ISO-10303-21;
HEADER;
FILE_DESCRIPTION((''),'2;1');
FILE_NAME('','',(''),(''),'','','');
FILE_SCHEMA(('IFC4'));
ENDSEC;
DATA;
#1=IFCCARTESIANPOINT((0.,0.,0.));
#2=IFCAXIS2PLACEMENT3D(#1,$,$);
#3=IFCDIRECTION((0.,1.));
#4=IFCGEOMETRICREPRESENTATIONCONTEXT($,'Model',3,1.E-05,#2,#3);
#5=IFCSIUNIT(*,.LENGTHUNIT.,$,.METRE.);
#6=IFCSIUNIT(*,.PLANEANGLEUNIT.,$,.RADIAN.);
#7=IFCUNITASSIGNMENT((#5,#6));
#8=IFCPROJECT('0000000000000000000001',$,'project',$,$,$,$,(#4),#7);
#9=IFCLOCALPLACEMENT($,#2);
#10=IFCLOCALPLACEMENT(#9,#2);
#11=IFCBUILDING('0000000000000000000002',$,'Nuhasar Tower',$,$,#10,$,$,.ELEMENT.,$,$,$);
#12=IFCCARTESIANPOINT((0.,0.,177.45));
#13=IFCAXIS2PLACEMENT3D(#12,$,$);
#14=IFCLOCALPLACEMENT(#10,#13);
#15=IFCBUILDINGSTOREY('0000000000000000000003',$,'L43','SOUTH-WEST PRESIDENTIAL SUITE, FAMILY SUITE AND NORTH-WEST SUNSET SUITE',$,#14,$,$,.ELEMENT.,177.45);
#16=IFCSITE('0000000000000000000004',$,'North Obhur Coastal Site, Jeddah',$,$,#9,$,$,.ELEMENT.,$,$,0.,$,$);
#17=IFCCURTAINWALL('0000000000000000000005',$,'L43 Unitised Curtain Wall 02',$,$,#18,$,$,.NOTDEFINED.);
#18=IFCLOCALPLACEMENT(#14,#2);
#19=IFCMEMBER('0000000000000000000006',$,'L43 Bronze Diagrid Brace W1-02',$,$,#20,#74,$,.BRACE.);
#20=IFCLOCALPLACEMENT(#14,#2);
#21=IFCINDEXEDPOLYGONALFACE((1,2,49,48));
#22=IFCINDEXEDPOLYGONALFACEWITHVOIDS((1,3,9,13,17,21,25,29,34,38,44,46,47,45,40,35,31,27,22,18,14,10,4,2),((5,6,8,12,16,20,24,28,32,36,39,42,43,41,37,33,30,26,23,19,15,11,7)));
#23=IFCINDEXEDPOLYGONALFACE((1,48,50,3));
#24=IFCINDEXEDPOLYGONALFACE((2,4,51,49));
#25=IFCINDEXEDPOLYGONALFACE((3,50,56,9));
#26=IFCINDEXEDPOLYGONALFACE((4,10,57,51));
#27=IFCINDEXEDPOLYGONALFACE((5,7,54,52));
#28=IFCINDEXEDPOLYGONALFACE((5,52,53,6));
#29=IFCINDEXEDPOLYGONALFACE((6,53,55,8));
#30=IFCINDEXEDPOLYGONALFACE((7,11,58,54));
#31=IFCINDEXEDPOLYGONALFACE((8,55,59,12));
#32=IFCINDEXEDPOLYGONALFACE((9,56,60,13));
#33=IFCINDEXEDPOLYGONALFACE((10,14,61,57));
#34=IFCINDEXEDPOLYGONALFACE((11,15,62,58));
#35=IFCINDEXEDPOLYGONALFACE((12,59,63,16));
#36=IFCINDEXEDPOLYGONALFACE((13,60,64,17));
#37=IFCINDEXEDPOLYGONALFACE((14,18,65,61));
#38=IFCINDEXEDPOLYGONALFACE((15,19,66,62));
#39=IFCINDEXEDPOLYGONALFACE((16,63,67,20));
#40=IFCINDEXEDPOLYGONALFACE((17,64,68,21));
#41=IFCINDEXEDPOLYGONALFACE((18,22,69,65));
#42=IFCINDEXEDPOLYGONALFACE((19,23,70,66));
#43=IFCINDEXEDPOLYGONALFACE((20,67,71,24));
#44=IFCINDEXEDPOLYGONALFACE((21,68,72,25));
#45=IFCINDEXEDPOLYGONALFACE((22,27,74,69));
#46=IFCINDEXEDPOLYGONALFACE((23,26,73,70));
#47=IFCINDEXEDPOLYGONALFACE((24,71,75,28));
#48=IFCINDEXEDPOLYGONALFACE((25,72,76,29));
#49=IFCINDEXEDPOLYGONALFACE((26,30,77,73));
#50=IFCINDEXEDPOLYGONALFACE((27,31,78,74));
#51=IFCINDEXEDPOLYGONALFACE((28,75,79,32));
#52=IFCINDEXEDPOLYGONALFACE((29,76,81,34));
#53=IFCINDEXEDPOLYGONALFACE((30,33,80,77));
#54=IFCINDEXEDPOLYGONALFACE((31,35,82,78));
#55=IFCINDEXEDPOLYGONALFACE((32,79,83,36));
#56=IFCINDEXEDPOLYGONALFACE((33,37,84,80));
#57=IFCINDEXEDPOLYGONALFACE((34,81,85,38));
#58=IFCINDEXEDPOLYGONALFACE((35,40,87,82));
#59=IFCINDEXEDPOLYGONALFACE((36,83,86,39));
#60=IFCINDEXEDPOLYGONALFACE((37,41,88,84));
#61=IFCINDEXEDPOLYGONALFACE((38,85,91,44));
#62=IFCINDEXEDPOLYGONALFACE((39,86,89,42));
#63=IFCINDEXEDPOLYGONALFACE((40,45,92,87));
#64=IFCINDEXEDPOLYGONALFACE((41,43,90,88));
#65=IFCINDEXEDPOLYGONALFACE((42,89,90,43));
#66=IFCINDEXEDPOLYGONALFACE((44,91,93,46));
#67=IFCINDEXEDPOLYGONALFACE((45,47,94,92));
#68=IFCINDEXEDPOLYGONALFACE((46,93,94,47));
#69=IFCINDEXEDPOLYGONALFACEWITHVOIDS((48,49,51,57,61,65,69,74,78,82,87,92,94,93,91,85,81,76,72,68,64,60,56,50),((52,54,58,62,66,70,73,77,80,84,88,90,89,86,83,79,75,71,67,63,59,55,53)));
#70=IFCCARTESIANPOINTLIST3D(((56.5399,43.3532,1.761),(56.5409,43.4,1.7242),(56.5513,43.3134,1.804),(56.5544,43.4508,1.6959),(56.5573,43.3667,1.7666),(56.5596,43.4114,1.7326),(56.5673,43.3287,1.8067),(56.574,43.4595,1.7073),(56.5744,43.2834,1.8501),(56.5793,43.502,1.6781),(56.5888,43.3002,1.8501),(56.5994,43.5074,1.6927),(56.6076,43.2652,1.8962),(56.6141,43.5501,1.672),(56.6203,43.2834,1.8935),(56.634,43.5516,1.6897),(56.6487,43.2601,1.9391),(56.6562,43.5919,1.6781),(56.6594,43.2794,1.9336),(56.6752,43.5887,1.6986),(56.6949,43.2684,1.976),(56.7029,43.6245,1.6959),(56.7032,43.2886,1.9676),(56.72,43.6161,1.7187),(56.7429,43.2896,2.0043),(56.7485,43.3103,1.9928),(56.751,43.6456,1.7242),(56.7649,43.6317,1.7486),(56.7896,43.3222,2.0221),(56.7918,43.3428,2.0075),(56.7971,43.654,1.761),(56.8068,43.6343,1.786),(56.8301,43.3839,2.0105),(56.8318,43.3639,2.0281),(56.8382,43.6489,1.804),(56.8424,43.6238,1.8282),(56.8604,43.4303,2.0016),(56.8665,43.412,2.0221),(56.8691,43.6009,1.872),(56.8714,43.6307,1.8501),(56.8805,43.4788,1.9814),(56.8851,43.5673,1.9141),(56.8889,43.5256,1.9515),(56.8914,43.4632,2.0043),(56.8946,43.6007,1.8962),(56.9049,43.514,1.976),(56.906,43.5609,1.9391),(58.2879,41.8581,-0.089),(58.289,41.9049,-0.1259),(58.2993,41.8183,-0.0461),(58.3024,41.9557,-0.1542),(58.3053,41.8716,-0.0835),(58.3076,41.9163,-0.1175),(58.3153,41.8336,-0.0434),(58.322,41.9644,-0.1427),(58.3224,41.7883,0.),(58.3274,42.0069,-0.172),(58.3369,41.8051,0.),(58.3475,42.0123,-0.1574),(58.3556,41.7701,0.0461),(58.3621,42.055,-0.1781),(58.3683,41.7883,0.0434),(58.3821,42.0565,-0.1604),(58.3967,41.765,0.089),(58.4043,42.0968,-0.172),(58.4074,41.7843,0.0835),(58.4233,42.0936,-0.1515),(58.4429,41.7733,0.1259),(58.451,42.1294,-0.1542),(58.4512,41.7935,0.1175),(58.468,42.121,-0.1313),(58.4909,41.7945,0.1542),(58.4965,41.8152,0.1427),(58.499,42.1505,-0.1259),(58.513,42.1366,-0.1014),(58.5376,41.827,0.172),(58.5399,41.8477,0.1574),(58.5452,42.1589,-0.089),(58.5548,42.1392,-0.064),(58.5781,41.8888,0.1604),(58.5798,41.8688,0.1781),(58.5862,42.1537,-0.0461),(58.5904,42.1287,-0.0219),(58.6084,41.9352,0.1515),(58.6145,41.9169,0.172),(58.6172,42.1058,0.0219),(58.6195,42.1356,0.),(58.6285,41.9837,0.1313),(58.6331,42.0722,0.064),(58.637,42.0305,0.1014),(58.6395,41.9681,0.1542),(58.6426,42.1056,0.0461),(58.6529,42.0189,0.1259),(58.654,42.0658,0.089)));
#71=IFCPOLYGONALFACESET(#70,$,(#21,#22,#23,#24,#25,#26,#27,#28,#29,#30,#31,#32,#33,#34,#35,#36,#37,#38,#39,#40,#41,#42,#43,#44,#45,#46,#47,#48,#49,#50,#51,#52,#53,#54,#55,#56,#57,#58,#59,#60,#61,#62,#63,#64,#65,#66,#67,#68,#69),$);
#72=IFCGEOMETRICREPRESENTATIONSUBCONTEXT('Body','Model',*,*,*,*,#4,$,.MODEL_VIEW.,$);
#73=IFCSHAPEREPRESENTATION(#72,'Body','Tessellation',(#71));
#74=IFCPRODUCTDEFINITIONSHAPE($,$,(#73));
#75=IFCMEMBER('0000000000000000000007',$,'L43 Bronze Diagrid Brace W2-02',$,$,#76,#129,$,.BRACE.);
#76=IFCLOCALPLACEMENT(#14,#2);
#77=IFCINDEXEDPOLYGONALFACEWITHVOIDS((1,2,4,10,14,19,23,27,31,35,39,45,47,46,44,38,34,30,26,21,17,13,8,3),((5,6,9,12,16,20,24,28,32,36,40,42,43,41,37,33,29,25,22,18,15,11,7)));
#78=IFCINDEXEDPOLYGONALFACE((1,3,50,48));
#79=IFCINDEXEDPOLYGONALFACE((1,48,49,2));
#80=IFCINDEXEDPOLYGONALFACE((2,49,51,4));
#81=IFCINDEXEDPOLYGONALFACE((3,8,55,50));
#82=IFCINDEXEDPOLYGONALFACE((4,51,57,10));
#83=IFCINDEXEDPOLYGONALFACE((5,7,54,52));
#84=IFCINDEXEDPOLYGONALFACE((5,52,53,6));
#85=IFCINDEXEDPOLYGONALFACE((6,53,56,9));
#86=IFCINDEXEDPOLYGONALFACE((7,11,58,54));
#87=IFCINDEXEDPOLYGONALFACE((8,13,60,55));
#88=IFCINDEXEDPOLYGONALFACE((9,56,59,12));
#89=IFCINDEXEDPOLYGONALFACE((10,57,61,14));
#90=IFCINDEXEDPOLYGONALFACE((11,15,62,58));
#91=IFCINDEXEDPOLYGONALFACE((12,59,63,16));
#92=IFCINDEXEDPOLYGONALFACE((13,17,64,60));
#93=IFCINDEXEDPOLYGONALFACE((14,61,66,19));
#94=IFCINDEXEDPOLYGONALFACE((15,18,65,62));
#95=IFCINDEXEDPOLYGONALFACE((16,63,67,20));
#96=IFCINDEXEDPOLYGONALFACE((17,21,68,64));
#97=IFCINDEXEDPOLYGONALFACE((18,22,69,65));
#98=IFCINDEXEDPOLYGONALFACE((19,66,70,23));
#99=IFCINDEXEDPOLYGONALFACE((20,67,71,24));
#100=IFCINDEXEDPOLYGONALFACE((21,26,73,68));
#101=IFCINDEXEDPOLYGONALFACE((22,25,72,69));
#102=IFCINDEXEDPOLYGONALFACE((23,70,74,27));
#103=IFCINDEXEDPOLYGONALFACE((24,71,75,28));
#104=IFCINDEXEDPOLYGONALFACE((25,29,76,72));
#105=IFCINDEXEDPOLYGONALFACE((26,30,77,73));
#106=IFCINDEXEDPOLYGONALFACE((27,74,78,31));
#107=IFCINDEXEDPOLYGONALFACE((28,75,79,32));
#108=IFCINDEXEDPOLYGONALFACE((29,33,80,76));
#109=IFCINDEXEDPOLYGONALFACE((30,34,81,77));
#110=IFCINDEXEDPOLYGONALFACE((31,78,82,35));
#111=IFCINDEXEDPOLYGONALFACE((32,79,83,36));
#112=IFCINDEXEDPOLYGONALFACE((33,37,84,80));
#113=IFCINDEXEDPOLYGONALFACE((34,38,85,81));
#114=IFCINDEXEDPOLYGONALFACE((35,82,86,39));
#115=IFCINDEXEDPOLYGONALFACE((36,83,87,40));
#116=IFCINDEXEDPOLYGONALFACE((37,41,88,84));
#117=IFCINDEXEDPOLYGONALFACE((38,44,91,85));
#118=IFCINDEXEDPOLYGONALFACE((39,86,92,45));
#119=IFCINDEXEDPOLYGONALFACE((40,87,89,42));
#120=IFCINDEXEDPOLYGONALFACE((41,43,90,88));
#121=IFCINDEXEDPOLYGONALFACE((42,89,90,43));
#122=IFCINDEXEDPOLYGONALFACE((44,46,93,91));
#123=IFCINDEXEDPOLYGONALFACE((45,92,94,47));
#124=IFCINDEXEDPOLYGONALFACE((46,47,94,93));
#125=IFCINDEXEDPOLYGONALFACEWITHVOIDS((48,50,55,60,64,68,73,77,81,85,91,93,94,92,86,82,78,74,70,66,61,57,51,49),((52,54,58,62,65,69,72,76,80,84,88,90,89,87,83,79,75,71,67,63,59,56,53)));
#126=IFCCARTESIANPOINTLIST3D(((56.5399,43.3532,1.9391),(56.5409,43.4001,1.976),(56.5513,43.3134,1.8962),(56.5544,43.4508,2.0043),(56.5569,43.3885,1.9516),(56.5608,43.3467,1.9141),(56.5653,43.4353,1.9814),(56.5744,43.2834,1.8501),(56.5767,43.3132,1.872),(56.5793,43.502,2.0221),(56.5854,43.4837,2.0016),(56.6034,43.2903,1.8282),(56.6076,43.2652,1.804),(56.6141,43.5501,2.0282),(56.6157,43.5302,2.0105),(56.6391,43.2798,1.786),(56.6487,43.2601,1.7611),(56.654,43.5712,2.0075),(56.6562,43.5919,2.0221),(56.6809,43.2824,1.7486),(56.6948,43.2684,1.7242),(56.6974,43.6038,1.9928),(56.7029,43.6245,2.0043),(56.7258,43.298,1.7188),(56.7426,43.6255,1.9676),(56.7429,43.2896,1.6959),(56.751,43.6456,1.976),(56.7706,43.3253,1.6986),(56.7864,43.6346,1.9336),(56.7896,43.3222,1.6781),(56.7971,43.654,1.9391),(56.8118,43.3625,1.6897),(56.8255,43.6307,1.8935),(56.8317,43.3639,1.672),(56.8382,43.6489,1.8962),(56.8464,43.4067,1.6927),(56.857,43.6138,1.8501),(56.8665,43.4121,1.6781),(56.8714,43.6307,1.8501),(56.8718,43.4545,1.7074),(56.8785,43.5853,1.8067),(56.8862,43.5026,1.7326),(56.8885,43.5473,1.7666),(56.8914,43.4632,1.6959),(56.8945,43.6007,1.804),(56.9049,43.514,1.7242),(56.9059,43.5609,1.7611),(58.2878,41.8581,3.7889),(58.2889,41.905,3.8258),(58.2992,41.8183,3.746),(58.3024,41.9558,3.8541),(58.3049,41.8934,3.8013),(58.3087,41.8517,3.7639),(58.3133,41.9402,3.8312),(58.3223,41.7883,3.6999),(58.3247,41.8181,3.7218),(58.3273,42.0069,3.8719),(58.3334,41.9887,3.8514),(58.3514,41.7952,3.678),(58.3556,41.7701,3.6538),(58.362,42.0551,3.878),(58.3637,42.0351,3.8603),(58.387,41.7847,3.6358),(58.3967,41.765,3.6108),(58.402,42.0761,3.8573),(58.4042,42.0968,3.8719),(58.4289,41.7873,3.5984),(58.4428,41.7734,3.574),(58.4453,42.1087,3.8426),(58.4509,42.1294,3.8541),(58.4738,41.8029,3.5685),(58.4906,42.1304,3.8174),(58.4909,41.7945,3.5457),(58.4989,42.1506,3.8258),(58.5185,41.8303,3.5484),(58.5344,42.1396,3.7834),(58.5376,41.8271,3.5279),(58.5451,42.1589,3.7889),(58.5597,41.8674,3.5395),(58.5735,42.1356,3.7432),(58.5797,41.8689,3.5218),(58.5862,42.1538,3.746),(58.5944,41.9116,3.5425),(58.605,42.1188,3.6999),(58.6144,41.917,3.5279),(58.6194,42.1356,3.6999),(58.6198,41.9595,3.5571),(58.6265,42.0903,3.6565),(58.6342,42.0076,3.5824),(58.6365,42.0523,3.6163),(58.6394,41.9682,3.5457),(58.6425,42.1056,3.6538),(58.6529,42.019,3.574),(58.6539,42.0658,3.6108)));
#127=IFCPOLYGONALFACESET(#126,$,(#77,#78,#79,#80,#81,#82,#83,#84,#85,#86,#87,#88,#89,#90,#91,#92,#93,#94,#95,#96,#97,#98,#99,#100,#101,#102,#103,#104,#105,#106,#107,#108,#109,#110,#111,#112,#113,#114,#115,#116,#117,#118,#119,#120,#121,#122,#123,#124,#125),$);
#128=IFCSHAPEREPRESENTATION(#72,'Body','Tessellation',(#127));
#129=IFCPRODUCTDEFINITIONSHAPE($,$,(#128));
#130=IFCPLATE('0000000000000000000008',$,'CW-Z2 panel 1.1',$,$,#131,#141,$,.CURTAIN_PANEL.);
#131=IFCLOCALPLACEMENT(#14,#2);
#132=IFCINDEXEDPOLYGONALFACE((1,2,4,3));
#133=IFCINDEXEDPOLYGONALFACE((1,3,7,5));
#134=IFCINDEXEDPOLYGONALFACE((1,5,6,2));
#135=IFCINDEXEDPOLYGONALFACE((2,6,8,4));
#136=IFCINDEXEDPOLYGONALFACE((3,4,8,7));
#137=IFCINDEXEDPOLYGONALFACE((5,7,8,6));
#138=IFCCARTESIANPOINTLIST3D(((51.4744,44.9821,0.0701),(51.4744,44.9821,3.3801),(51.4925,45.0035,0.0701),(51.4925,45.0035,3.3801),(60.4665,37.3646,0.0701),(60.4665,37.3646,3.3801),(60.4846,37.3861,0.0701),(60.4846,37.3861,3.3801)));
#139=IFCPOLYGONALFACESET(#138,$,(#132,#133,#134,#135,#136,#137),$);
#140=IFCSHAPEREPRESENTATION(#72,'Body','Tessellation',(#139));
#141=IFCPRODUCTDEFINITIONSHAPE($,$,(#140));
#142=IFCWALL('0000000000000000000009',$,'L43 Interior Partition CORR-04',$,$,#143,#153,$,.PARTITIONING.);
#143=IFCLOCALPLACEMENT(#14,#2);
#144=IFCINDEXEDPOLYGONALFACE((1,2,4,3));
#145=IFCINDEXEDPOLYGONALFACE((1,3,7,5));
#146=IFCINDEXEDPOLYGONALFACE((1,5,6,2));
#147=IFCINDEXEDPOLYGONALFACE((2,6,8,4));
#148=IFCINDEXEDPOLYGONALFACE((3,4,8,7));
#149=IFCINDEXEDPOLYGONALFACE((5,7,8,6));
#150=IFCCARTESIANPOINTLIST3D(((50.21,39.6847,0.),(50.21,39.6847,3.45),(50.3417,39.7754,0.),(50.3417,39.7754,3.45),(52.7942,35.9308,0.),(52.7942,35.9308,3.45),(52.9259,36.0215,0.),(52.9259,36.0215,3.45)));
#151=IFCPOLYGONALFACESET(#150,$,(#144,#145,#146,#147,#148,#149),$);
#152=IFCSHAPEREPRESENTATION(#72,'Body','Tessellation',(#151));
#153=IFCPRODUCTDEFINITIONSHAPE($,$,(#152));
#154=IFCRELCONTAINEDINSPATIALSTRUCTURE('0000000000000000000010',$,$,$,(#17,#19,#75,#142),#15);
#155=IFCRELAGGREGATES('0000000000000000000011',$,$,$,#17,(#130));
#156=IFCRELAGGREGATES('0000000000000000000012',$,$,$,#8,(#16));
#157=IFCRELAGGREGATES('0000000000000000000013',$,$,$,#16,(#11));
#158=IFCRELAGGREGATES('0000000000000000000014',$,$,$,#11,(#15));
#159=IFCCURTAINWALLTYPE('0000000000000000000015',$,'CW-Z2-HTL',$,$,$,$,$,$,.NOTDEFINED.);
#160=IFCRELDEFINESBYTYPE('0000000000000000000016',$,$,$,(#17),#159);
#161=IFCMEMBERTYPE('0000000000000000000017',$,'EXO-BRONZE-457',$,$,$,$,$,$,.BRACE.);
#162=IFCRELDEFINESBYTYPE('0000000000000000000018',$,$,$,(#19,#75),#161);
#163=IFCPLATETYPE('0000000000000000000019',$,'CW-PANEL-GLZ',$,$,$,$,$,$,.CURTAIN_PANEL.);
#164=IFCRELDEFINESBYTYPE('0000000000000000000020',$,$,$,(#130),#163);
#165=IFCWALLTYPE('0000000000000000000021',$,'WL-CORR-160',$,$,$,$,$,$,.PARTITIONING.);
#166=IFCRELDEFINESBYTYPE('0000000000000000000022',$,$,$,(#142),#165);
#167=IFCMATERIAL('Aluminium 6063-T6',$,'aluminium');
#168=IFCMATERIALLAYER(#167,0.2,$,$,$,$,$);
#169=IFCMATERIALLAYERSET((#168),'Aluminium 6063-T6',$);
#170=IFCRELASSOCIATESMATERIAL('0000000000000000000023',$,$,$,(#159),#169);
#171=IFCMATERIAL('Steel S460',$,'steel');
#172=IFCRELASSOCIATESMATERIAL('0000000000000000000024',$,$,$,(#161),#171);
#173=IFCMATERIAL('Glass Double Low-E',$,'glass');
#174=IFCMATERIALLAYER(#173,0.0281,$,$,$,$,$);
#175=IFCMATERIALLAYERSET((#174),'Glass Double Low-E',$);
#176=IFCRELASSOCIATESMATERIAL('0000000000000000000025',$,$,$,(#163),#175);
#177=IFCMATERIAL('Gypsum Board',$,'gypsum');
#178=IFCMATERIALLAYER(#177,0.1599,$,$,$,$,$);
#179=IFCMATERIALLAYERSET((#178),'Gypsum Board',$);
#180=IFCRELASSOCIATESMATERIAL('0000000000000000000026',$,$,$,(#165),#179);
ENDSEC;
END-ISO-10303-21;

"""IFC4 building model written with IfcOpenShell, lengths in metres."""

from ifc_helpers import new_model, si_unit, direction, frame, frame_2d, origin, origin_2d, place, context, subcontext, project, spatial, rectangle, hollow_circle, extrude, material, layer, layer_set, material_profile, profile_set, type_object, element, aggregate, save


model = new_model("IFC4")

# Units and contexts
model_context = context("Model", 3, precision=1e-05, world=origin(), true_north=direction((0.0, 1.0)))
body_context = subcontext(model_context, "Body", "Model", "MODEL_VIEW")
ifc_project = project(units=[si_unit("LENGTHUNIT", "METRE"), si_unit("PLANEANGLEUNIT", "RADIAN")], contexts=[model_context])

# Site, building, storey
site_placement = place(None, origin())
site = spatial("IfcSite", under=ifc_project, at=site_placement, Name="North Obhur Coastal Site, Jeddah", CompositionType="ELEMENT", RefElevation=0.0)
building_placement = place(site_placement, origin())
building = spatial("IfcBuilding", under=site, at=building_placement, Name="Nuhasar Tower", CompositionType="ELEMENT")
storey_placement = place(building_placement, frame((0.0, 0.0, 177.45)))
storey = spatial("IfcBuildingStorey", under=building, at=storey_placement, Name="L43", Description="SOUTH-WEST PRESIDENTIAL SUITE, FAMILY SUITE AND NORTH-WEST SUNSET SUITE", CompositionType="ELEMENT", Elevation=177.45)

# Shared definitions
ifc_material_1 = material(Name="Aluminium 6063-T6", Category="aluminium")
ifc_layer_1 = layer(ifc_material_1, 0.2)
ifc_layer_set_1 = layer_set([ifc_layer_1], Name="Aluminium 6063-T6")
curtain_wall_type = type_object("IfcCurtainWallType", Name="CW-Z2-HTL", PredefinedType="NOTDEFINED", material=ifc_layer_set_1)

# Curtain wall
curtain_wall_1_placement = place(storey_placement, origin())
curtain_wall_1 = element("IfcCurtainWall", 1, at=curtain_wall_1_placement, inside=storey, type_object=curtain_wall_type, Name="L43 Unitised Curtain Wall 02", PredefinedType="NOTDEFINED")

# Members
ifc_material_2 = material(Name="Steel S460", Category="steel")
ifc_material_profile_1 = material_profile(ifc_material_2, hollow_circle(Radius=0.2285, WallThickness=0.0222, at=origin_2d()), Name="HSS457X22.2")
ifc_profile_set_1 = profile_set([ifc_material_profile_1], Name="Steel S460")
member_type_1 = type_object("IfcMemberType", Name="EXO-BRONZE-457", PredefinedType="BRACE", material=ifc_profile_set_1)
for number, where, z_axis, x_axis, name in (
    (2, (58.4709, 41.9619, 0.0), (-0.59217, 0.506488, 0.626741), (-0.649987, -0.759945, 0.0), "L43 Bronze Diagrid Brace W1-02"),
):
    element("IfcMember", number, at=place(storey_placement, frame(where, z_axis=z_axis, x_axis=x_axis)), inside=storey, type_object=member_type_1, Name=name, PredefinedType="BRACE", context=body_context, shape_type="SweptSolid", body=[
        extrude(hollow_circle(Radius=0.2285, WallThickness=0.0222, at=origin_2d()), origin(), (0.0, 0.0, 1.0), 2.9519),
    ])
member_1_placement = place(storey_placement, frame((56.7229, 43.457, 1.8501), z_axis=(0.592201, -0.506514, 0.626691), x_axis=(0.649987, 0.759945, 0.0)))
element("IfcMember", 3, at=member_1_placement, inside=storey, type_object=member_type_1, Name="L43 Bronze Diagrid Brace W2-02", PredefinedType="BRACE", context=body_context, shape_type="SweptSolid", body=[
    extrude(hollow_circle(Radius=0.2285, WallThickness=0.0222, at=origin_2d()), origin(), (0.0, 0.0, 1.0), 2.9517),
])

# Plate
ifc_material_3 = material(Name="Glass Double Low-E", Category="glass")
ifc_layer_2 = layer(ifc_material_3, 0.0281)
ifc_layer_set_2 = layer_set([ifc_layer_2], Name="Glass Double Low-E")
plate_type = type_object("IfcPlateType", Name="CW-PANEL-GLZ", PredefinedType="CURTAIN_PANEL", material=ifc_layer_set_2)
plate_placement = place(storey_placement, frame((55.9795, 41.1841, 0.0701), z_axis=(0.0, 0.0, 1.0), x_axis=(-0.76302, 0.646374, 0.0)))
plate = element("IfcPlate", 4, at=plate_placement, type_object=plate_type, Name="CW-Z2 panel 1.1", PredefinedType="CURTAIN_PANEL", context=body_context, shape_type="SweptSolid", body=[
    extrude(rectangle(XDim=11.7849, YDim=0.0281, at=origin_2d()), origin(), (0.0, 0.0, 1.0), 3.3101),
])
aggregate(curtain_wall_1, [plate])

# Shared definitions
ifc_material_4 = material(Name="Gypsum Board", Category="gypsum")
ifc_layer_3 = layer(ifc_material_4, 0.1599)
ifc_layer_set_3 = layer_set([ifc_layer_3], Name="Gypsum Board")
wall_type = type_object("IfcWallType", Name="WL-CORR-160", PredefinedType="PARTITIONING", material=ifc_layer_set_3)

# Wall
wall_1_placement = place(storey_placement, frame((52.8601, 35.9761, 0.0), z_axis=(0.0, 0.0, 1.0), x_axis=(-0.567038, 0.823692, 0.0)))
element("IfcWall", 5, at=wall_1_placement, inside=storey, type_object=wall_type, Name="L43 Interior Partition CORR-04", PredefinedType="PARTITIONING", context=body_context, shape_type="SweptSolid", body=[
    extrude(rectangle(XDim=4.5574, YDim=0.1599, at=frame_2d((2.2788, 0.0))), origin(), (0.0, 0.0, 1.0), 3.45),
])

save(model, "model.ifc")
